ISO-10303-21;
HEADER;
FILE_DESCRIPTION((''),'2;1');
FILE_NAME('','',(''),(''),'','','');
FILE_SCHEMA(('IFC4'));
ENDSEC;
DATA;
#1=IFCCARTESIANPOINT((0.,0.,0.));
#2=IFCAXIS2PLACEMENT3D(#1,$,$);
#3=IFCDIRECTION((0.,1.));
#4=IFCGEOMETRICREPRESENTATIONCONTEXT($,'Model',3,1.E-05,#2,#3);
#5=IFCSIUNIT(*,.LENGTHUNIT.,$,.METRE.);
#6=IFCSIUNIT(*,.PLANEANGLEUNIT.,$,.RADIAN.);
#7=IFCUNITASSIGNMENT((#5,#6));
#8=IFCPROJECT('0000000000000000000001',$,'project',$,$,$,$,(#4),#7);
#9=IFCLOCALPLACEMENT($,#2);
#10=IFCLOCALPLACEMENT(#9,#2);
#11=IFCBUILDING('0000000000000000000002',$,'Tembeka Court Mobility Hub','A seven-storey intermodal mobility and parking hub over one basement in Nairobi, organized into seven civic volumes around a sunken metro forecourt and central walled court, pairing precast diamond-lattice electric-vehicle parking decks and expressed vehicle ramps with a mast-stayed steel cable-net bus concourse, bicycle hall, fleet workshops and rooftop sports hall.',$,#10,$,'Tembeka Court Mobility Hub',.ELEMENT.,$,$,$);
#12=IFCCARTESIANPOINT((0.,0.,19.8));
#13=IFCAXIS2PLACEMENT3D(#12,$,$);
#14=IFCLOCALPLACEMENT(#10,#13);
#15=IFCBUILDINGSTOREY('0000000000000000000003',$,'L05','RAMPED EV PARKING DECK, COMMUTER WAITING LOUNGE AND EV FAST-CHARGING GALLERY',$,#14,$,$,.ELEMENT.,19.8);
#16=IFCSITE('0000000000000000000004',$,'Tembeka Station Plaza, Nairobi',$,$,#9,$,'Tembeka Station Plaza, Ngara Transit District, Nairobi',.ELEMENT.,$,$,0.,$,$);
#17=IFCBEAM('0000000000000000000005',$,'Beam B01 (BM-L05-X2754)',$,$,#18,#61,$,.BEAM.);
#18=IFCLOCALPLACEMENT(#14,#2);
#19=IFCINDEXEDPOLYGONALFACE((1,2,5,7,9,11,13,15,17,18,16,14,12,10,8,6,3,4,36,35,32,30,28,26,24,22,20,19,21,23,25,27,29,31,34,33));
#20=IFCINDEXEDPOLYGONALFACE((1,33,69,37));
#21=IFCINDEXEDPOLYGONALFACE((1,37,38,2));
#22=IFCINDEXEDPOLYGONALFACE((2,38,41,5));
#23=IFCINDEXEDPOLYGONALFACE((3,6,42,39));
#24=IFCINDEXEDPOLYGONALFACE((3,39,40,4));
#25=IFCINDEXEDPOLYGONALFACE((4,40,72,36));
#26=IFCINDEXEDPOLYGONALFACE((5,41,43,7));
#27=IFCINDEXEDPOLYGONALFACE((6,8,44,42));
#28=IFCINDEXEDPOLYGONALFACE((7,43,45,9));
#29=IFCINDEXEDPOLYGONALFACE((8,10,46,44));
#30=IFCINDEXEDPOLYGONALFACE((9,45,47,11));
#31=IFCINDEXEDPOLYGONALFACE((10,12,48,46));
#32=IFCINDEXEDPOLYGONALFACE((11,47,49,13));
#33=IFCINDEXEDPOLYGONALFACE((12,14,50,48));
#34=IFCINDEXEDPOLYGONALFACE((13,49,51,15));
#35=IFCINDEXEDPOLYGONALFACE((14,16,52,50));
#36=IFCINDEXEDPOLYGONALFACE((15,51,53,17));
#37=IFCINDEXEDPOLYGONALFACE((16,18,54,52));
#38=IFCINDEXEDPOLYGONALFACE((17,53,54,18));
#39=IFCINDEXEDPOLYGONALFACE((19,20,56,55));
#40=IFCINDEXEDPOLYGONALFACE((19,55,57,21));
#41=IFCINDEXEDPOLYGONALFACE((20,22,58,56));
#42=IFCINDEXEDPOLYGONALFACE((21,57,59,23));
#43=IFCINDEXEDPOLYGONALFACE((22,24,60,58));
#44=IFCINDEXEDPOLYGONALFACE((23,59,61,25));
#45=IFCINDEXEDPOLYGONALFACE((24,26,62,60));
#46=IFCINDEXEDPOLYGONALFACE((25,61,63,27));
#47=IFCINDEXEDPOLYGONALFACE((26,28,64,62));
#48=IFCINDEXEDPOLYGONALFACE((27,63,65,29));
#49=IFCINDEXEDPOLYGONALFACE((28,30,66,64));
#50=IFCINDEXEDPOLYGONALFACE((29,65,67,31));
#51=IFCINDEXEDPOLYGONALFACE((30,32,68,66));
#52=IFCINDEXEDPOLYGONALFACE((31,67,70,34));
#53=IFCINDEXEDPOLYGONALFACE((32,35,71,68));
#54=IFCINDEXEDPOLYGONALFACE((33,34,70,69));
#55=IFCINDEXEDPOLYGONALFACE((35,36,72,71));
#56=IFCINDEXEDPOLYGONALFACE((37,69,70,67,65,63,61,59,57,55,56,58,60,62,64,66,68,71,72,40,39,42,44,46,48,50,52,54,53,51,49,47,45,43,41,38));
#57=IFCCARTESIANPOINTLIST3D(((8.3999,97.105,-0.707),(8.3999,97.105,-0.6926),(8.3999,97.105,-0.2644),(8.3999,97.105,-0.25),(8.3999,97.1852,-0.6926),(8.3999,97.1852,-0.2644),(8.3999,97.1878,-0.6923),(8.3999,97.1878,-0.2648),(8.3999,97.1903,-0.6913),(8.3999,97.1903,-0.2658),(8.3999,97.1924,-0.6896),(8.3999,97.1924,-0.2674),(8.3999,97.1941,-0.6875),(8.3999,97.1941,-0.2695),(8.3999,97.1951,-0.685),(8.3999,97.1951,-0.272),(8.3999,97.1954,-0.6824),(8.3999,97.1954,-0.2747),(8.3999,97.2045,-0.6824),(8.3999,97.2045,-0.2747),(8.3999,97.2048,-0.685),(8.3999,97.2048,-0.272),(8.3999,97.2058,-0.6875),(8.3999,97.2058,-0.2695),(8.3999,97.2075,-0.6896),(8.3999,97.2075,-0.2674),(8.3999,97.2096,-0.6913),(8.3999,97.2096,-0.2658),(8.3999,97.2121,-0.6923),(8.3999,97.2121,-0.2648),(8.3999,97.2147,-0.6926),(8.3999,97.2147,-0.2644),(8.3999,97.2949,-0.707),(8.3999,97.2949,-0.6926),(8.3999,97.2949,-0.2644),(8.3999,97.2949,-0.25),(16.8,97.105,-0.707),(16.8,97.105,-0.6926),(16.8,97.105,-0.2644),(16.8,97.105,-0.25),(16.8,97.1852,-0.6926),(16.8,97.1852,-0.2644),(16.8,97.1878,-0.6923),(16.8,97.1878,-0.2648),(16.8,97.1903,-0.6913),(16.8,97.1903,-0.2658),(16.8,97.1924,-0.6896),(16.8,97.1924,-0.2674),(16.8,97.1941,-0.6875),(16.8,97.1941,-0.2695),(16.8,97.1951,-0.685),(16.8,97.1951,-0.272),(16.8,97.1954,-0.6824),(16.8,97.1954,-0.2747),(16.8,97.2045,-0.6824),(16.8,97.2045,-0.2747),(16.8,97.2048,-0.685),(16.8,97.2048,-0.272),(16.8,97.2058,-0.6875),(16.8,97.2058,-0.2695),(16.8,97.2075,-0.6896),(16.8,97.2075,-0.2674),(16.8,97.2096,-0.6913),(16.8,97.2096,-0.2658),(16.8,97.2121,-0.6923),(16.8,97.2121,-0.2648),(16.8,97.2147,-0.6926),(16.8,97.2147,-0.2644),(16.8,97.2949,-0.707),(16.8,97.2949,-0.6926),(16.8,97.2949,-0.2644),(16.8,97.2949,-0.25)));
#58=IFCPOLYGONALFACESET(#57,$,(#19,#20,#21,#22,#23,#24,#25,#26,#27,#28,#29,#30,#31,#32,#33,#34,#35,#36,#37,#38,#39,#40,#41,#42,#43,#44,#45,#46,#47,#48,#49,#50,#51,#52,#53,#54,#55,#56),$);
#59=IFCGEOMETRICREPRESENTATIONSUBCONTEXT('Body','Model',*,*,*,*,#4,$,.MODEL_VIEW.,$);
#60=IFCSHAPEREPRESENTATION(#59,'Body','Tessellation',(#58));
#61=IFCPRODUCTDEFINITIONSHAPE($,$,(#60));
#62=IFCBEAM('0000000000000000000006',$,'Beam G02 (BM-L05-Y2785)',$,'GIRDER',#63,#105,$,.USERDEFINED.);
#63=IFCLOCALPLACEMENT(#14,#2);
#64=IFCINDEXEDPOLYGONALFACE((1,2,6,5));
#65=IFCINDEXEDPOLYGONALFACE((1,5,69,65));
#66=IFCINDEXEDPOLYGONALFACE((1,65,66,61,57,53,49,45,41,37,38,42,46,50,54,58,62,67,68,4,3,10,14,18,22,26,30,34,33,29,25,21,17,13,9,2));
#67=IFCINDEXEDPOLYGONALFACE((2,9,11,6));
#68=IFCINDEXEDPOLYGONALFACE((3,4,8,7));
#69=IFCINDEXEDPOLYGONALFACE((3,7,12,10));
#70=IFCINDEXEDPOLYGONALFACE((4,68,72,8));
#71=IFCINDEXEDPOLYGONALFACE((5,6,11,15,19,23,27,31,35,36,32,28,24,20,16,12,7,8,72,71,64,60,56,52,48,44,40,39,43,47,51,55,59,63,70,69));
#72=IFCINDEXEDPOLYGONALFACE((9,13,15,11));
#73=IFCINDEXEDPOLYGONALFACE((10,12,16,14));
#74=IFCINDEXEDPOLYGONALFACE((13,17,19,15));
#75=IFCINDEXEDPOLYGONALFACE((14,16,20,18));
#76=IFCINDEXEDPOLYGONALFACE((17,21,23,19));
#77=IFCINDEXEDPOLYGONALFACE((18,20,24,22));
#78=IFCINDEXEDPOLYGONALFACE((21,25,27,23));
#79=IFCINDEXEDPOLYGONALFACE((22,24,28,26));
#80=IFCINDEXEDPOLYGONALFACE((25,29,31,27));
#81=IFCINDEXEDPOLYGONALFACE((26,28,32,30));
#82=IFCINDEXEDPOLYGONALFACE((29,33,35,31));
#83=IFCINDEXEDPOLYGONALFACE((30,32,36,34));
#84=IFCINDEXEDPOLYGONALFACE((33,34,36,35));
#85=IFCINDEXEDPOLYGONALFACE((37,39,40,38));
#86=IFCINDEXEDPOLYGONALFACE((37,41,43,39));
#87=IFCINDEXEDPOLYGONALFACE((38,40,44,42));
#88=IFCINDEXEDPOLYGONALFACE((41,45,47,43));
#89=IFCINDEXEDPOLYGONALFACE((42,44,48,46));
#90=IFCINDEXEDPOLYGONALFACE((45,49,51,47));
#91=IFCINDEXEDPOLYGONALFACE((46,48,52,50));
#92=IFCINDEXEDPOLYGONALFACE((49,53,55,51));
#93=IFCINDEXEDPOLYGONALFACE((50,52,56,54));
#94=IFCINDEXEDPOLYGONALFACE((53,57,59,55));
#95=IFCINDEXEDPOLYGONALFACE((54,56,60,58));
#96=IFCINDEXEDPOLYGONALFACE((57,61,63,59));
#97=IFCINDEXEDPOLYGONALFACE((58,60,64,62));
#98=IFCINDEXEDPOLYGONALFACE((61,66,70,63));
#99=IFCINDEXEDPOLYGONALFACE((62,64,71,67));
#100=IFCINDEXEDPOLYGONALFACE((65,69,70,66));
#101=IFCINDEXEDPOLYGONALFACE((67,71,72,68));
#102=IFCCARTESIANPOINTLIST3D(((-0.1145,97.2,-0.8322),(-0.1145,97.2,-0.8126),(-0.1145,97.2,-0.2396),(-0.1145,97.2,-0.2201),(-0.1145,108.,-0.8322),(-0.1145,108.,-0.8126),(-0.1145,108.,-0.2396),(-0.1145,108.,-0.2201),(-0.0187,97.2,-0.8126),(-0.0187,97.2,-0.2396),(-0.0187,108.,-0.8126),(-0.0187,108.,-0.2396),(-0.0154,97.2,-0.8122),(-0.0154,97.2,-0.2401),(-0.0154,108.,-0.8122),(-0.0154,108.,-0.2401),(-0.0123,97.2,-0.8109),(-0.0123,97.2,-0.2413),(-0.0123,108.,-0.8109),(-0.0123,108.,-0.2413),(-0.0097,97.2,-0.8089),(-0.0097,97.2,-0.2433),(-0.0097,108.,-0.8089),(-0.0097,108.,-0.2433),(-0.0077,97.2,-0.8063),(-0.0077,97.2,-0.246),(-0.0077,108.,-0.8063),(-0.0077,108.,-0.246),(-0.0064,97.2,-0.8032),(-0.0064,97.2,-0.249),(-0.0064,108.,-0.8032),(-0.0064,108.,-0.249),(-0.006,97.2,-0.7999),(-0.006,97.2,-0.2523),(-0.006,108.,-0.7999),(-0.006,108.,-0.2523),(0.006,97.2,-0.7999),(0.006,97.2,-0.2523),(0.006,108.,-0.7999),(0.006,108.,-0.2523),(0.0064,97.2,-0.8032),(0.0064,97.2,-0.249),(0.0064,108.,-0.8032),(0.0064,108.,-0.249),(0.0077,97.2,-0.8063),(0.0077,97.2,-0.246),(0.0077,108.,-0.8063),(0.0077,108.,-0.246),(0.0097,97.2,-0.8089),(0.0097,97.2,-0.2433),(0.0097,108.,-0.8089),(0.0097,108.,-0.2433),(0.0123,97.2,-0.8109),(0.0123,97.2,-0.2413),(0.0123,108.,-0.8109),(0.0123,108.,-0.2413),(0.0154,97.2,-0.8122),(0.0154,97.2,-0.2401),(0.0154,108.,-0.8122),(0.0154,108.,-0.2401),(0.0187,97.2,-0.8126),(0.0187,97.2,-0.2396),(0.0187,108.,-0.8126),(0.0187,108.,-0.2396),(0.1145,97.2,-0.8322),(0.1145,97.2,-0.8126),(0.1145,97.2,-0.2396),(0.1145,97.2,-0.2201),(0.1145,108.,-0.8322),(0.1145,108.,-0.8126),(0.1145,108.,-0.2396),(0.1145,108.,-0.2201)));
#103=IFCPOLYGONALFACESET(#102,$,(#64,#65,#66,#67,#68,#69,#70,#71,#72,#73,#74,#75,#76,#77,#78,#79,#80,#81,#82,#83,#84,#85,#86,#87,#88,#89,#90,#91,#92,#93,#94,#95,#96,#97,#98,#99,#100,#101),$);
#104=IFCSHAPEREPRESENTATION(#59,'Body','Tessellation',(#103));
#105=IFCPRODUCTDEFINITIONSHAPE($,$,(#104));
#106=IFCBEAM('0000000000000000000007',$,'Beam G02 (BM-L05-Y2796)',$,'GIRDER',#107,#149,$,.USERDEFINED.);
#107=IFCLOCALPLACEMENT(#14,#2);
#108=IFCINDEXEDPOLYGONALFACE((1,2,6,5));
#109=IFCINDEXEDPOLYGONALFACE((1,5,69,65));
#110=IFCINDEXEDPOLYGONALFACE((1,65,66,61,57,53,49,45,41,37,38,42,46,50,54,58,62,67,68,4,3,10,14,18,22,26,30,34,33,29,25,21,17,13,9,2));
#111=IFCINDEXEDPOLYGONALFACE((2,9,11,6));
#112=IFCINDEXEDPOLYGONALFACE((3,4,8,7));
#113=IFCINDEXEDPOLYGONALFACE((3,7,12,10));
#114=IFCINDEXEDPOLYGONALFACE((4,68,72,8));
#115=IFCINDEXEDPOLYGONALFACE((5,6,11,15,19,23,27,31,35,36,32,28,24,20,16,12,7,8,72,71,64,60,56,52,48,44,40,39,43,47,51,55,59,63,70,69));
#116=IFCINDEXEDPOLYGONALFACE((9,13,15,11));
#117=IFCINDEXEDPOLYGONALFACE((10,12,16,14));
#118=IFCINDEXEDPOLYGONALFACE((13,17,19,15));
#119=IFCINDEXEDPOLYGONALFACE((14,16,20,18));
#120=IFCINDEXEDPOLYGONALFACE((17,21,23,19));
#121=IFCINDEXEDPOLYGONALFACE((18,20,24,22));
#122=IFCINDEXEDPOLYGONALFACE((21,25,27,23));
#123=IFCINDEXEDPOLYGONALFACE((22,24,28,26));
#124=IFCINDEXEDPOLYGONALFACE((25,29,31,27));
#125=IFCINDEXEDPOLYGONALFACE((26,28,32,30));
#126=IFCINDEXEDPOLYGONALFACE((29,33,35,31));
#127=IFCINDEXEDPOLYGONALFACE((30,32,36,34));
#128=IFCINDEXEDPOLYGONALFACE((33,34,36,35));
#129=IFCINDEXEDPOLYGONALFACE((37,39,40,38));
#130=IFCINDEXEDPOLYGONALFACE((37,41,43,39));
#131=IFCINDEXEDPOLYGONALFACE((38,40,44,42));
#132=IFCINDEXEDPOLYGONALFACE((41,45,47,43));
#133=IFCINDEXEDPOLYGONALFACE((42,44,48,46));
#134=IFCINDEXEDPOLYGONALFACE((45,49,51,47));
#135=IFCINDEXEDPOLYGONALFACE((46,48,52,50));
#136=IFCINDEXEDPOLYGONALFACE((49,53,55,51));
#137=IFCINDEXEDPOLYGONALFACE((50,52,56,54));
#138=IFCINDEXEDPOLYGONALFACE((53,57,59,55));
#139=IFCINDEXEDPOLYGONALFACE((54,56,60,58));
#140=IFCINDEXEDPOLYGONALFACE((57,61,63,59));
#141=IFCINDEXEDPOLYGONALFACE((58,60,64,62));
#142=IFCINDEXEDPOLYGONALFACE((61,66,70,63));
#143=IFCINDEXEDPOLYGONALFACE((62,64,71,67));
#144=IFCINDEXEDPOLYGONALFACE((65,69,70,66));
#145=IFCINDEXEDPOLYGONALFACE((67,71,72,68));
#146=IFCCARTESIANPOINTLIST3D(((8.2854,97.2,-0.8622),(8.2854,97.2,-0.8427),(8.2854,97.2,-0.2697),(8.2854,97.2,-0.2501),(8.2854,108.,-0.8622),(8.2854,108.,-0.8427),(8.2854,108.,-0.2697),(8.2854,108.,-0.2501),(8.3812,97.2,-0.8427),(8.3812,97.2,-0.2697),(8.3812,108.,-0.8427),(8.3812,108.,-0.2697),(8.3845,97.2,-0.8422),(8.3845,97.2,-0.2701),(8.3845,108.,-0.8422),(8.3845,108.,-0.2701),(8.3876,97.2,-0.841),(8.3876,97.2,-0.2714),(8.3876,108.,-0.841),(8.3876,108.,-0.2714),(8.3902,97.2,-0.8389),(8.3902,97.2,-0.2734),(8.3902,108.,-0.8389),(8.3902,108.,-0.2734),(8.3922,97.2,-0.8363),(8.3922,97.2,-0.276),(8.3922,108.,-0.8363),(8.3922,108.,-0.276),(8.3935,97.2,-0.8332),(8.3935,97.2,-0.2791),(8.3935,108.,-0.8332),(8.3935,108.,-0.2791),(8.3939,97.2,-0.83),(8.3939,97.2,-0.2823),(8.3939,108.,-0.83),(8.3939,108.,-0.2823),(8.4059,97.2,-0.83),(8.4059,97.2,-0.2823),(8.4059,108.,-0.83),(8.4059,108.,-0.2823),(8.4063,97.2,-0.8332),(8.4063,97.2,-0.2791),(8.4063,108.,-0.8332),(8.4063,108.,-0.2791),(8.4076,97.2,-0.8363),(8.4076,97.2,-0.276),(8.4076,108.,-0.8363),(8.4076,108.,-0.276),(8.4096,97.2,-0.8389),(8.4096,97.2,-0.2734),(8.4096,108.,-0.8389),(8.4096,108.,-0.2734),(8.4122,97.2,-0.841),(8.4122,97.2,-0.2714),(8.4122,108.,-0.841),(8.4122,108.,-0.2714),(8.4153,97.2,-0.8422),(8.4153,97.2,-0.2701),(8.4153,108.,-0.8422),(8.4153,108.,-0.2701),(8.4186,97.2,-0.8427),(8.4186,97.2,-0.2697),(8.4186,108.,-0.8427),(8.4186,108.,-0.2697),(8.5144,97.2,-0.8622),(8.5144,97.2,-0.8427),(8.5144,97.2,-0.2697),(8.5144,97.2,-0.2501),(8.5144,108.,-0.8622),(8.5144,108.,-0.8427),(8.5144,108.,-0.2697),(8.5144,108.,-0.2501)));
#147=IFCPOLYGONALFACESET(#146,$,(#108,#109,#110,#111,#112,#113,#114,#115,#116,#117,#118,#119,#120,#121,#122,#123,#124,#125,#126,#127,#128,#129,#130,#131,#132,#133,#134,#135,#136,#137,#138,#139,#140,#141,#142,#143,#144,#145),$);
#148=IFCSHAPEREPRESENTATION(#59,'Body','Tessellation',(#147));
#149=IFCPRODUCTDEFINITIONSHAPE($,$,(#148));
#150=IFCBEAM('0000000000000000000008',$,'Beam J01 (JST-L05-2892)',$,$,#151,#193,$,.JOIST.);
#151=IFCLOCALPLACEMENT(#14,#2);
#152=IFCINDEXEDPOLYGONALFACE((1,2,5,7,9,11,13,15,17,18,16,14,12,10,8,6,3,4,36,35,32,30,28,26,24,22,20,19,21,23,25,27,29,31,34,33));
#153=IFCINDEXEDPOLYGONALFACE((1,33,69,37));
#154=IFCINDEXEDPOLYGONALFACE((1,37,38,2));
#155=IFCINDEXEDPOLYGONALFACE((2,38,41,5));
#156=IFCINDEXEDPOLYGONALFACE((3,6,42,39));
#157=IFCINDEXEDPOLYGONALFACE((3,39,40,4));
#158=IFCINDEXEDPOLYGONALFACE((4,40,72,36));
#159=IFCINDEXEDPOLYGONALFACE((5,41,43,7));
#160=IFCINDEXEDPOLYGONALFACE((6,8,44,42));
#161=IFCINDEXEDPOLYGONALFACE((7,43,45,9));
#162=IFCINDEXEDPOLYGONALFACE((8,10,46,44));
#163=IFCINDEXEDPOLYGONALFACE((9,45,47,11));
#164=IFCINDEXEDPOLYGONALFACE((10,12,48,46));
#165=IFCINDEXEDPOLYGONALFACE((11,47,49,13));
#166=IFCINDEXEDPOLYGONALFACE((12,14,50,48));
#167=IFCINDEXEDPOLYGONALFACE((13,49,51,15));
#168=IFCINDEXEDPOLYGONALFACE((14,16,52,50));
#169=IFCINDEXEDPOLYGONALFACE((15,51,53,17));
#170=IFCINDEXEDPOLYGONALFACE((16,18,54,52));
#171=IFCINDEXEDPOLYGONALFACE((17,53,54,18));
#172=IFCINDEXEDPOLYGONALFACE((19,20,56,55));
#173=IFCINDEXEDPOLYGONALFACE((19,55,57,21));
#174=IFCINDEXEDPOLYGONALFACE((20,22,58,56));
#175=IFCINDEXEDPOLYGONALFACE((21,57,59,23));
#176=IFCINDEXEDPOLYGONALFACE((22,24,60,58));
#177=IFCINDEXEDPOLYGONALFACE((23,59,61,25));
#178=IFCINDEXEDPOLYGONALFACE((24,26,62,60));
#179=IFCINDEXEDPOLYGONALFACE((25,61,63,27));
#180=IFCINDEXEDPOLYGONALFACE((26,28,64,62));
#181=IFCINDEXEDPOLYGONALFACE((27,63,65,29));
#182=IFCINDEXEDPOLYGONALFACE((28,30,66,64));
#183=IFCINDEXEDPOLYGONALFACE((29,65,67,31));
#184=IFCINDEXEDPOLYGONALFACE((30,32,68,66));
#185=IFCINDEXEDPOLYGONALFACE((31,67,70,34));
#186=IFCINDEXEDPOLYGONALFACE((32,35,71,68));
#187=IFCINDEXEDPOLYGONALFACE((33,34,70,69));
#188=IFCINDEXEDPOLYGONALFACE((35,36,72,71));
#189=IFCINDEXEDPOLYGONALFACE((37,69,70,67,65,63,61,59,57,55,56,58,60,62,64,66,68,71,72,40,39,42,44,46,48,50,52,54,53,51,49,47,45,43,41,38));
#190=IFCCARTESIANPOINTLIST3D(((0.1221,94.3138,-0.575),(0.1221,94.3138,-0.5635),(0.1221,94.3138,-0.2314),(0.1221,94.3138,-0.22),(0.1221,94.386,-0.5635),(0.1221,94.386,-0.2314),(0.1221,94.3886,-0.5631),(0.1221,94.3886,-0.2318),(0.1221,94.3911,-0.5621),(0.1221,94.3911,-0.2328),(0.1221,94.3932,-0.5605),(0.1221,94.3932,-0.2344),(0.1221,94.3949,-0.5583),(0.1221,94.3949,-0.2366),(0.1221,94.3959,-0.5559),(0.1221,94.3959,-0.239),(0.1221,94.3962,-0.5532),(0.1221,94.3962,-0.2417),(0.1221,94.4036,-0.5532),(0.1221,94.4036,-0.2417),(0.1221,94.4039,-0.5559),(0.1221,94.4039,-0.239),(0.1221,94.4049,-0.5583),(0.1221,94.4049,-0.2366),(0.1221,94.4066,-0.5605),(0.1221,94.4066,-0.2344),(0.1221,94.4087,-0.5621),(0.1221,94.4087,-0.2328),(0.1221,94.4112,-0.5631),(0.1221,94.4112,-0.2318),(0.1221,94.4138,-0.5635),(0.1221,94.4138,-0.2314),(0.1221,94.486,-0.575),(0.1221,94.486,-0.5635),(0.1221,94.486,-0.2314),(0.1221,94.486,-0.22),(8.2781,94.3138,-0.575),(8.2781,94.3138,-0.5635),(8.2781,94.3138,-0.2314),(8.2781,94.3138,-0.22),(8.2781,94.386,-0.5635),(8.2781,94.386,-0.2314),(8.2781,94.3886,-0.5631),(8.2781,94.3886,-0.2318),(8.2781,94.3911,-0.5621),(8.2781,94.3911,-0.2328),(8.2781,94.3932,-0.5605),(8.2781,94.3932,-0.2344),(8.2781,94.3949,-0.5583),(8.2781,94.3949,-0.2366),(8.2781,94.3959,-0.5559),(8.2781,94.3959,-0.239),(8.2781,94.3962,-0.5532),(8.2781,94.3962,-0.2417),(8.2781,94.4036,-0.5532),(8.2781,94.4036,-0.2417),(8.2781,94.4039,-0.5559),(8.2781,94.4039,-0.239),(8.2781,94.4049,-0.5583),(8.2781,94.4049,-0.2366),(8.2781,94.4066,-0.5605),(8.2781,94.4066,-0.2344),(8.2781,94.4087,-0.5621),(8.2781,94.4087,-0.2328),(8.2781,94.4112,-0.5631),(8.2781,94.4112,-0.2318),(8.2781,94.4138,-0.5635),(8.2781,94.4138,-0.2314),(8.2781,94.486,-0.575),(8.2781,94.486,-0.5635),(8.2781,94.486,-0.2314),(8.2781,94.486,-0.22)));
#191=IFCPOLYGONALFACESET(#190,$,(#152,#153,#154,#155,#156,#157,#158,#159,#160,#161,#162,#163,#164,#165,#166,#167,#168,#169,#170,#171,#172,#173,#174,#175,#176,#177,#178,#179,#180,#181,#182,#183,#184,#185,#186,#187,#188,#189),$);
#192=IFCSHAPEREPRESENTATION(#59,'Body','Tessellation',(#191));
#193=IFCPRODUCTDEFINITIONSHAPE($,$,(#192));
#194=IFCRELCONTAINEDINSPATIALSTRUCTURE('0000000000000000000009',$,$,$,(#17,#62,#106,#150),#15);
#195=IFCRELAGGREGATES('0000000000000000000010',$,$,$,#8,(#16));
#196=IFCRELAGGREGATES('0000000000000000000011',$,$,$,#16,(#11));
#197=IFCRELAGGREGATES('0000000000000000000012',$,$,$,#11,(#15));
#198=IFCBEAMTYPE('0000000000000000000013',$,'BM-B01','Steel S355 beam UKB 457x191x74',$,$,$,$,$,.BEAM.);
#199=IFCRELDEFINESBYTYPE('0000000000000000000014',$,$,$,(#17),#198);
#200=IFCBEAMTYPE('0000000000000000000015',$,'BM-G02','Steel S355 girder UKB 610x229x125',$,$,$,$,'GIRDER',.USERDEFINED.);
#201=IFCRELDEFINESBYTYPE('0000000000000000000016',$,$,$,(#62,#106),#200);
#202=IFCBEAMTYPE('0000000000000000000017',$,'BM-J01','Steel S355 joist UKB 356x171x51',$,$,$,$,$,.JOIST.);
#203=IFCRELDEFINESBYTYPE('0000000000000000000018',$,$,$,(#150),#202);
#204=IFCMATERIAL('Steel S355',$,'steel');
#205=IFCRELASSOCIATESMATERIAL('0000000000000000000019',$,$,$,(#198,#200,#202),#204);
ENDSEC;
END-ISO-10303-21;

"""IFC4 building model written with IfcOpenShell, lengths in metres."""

from ifc_helpers import new_model, si_unit, direction, frame, origin, origin_2d, place, context, subcontext, project, spatial, i_section, extrude, material, material_profile, profile_set, type_object, element, save


model = new_model("IFC4")

# Units and contexts
model_context = context("Model", 3, precision=1e-05, world=origin(), true_north=direction((0.0, 1.0)))
body_context = subcontext(model_context, "Body", "Model", "MODEL_VIEW")
ifc_project = project(units=[si_unit("LENGTHUNIT", "METRE"), si_unit("PLANEANGLEUNIT", "RADIAN")], contexts=[model_context])

# Site, building, storey
site_placement = place(None, origin())
site = spatial("IfcSite", under=ifc_project, at=site_placement, Name="Tembeka Station Plaza, Nairobi", LongName="Tembeka Station Plaza, Ngara Transit District, Nairobi", CompositionType="ELEMENT", RefElevation=0.0)
building_placement = place(site_placement, origin())
building = spatial("IfcBuilding", under=site, at=building_placement, Name="Tembeka Court Mobility Hub", Description="A seven-storey intermodal mobility and parking hub over one basement in Nairobi, organized into seven civic volumes around a sunken metro forecourt and central walled court, pairing precast diamond-lattice electric-vehicle parking decks and expressed vehicle ramps with a mast-stayed steel cable-net bus concourse, bicycle hall, fleet workshops and rooftop sports hall.", LongName="Tembeka Court Mobility Hub", CompositionType="ELEMENT")
storey_placement = place(building_placement, frame((0.0, 0.0, 19.8)))
storey = spatial("IfcBuildingStorey", under=building, at=storey_placement, Name="L05", Description="RAMPED EV PARKING DECK, COMMUTER WAITING LOUNGE AND EV FAST-CHARGING GALLERY", CompositionType="ELEMENT", Elevation=19.8)

# Shared definitions
ifc_material_1 = material(Name="Steel S355", Category="steel")

# Beams
ifc_material_profile_1 = material_profile(ifc_material_1, i_section(OverallWidth=0.1899, OverallDepth=0.457, WebThickness=0.009, FlangeThickness=0.0144, FilletRadius=0.0103, at=origin_2d()), Name="UKB 457x191x74")
ifc_profile_set_1 = profile_set([ifc_material_profile_1], Name="Steel S355")
beam_type_1 = type_object("IfcBeamType", Name="BM-B01", Description="Steel S355 beam UKB 457x191x74", PredefinedType="BEAM", material=ifc_profile_set_1)
beam_1_placement = place(storey_placement, frame((8.3999, 97.2, -0.4785), z_axis=(1.0, 0.0, 0.0), x_axis=(0.0, 1.0, 0.0)))
element("IfcBeam", 1, at=beam_1_placement, inside=storey, type_object=beam_type_1, Name="Beam B01 (BM-L05-X2754)", PredefinedType="BEAM", context=body_context, shape_type="SweptSolid", body=[
    extrude(i_section(OverallWidth=0.1899, OverallDepth=0.457, WebThickness=0.009, FlangeThickness=0.0144, FilletRadius=0.0103, at=origin_2d()), origin(), (0.0, 0.0, 1.0), 8.4001),
])
ifc_material_profile_2 = material_profile(ifc_material_1, i_section(OverallWidth=0.229, OverallDepth=0.6121, WebThickness=0.012, FlangeThickness=0.0195, FilletRadius=0.0127, at=origin_2d()), Name="UKB 610x229x125")
ifc_profile_set_2 = profile_set([ifc_material_profile_2], Name="Steel S355")
beam_type_2 = type_object("IfcBeamType", Name="BM-G02", Description="Steel S355 girder UKB 610x229x125", ElementType="GIRDER", PredefinedType="USERDEFINED", material=ifc_profile_set_2)
for number, where, z_axis, x_axis, name in (
    (2, (0.0, 97.2, -0.5261), (0.0, 1.0, 0.0), (-1.0, 0.0, 0.0), "Beam G02 (BM-L05-Y2785)"),
    (3, (8.3999, 97.2, -0.5562), (0.0, 1.0, 0.0), (-1.0, 0.0, 0.0), "Beam G02 (BM-L05-Y2796)"),
):
    element("IfcBeam", number, at=place(storey_placement, frame(where, z_axis=z_axis, x_axis=x_axis)), inside=storey, type_object=beam_type_2, Name=name, ObjectType="GIRDER", PredefinedType="USERDEFINED", context=body_context, shape_type="SweptSolid", body=[
        extrude(i_section(OverallWidth=0.229, OverallDepth=0.6121, WebThickness=0.012, FlangeThickness=0.0195, FilletRadius=0.0127, at=origin_2d()), origin(), (0.0, 0.0, 1.0), 10.8),
    ])
ifc_material_profile_3 = material_profile(ifc_material_1, i_section(OverallWidth=0.1721, OverallDepth=0.355, WebThickness=0.0073, FlangeThickness=0.0115, FilletRadius=0.0103, at=origin_2d()), Name="UKB 356x171x51")
ifc_profile_set_3 = profile_set([ifc_material_profile_3], Name="Steel S355")
beam_type_3 = type_object("IfcBeamType", Name="BM-J01", Description="Steel S355 joist UKB 356x171x51", PredefinedType="JOIST", material=ifc_profile_set_3)
for number, where, z_axis, x_axis, name in (
    (4, (0.1221, 94.3999, -0.3975), (1.0, 0.0, 0.0), (0.0, 1.0, 0.0), "Beam J01 (JST-L05-2892)"),
):
    element("IfcBeam", number, at=place(storey_placement, frame(where, z_axis=z_axis, x_axis=x_axis)), inside=storey, type_object=beam_type_3, Name=name, PredefinedType="JOIST", context=body_context, shape_type="SweptSolid", body=[
        extrude(i_section(OverallWidth=0.1721, OverallDepth=0.355, WebThickness=0.0073, FlangeThickness=0.0115, FilletRadius=0.0103, at=origin_2d()), origin(), (0.0, 0.0, 1.0), 8.156),
    ])

save(model, "model.ifc")
